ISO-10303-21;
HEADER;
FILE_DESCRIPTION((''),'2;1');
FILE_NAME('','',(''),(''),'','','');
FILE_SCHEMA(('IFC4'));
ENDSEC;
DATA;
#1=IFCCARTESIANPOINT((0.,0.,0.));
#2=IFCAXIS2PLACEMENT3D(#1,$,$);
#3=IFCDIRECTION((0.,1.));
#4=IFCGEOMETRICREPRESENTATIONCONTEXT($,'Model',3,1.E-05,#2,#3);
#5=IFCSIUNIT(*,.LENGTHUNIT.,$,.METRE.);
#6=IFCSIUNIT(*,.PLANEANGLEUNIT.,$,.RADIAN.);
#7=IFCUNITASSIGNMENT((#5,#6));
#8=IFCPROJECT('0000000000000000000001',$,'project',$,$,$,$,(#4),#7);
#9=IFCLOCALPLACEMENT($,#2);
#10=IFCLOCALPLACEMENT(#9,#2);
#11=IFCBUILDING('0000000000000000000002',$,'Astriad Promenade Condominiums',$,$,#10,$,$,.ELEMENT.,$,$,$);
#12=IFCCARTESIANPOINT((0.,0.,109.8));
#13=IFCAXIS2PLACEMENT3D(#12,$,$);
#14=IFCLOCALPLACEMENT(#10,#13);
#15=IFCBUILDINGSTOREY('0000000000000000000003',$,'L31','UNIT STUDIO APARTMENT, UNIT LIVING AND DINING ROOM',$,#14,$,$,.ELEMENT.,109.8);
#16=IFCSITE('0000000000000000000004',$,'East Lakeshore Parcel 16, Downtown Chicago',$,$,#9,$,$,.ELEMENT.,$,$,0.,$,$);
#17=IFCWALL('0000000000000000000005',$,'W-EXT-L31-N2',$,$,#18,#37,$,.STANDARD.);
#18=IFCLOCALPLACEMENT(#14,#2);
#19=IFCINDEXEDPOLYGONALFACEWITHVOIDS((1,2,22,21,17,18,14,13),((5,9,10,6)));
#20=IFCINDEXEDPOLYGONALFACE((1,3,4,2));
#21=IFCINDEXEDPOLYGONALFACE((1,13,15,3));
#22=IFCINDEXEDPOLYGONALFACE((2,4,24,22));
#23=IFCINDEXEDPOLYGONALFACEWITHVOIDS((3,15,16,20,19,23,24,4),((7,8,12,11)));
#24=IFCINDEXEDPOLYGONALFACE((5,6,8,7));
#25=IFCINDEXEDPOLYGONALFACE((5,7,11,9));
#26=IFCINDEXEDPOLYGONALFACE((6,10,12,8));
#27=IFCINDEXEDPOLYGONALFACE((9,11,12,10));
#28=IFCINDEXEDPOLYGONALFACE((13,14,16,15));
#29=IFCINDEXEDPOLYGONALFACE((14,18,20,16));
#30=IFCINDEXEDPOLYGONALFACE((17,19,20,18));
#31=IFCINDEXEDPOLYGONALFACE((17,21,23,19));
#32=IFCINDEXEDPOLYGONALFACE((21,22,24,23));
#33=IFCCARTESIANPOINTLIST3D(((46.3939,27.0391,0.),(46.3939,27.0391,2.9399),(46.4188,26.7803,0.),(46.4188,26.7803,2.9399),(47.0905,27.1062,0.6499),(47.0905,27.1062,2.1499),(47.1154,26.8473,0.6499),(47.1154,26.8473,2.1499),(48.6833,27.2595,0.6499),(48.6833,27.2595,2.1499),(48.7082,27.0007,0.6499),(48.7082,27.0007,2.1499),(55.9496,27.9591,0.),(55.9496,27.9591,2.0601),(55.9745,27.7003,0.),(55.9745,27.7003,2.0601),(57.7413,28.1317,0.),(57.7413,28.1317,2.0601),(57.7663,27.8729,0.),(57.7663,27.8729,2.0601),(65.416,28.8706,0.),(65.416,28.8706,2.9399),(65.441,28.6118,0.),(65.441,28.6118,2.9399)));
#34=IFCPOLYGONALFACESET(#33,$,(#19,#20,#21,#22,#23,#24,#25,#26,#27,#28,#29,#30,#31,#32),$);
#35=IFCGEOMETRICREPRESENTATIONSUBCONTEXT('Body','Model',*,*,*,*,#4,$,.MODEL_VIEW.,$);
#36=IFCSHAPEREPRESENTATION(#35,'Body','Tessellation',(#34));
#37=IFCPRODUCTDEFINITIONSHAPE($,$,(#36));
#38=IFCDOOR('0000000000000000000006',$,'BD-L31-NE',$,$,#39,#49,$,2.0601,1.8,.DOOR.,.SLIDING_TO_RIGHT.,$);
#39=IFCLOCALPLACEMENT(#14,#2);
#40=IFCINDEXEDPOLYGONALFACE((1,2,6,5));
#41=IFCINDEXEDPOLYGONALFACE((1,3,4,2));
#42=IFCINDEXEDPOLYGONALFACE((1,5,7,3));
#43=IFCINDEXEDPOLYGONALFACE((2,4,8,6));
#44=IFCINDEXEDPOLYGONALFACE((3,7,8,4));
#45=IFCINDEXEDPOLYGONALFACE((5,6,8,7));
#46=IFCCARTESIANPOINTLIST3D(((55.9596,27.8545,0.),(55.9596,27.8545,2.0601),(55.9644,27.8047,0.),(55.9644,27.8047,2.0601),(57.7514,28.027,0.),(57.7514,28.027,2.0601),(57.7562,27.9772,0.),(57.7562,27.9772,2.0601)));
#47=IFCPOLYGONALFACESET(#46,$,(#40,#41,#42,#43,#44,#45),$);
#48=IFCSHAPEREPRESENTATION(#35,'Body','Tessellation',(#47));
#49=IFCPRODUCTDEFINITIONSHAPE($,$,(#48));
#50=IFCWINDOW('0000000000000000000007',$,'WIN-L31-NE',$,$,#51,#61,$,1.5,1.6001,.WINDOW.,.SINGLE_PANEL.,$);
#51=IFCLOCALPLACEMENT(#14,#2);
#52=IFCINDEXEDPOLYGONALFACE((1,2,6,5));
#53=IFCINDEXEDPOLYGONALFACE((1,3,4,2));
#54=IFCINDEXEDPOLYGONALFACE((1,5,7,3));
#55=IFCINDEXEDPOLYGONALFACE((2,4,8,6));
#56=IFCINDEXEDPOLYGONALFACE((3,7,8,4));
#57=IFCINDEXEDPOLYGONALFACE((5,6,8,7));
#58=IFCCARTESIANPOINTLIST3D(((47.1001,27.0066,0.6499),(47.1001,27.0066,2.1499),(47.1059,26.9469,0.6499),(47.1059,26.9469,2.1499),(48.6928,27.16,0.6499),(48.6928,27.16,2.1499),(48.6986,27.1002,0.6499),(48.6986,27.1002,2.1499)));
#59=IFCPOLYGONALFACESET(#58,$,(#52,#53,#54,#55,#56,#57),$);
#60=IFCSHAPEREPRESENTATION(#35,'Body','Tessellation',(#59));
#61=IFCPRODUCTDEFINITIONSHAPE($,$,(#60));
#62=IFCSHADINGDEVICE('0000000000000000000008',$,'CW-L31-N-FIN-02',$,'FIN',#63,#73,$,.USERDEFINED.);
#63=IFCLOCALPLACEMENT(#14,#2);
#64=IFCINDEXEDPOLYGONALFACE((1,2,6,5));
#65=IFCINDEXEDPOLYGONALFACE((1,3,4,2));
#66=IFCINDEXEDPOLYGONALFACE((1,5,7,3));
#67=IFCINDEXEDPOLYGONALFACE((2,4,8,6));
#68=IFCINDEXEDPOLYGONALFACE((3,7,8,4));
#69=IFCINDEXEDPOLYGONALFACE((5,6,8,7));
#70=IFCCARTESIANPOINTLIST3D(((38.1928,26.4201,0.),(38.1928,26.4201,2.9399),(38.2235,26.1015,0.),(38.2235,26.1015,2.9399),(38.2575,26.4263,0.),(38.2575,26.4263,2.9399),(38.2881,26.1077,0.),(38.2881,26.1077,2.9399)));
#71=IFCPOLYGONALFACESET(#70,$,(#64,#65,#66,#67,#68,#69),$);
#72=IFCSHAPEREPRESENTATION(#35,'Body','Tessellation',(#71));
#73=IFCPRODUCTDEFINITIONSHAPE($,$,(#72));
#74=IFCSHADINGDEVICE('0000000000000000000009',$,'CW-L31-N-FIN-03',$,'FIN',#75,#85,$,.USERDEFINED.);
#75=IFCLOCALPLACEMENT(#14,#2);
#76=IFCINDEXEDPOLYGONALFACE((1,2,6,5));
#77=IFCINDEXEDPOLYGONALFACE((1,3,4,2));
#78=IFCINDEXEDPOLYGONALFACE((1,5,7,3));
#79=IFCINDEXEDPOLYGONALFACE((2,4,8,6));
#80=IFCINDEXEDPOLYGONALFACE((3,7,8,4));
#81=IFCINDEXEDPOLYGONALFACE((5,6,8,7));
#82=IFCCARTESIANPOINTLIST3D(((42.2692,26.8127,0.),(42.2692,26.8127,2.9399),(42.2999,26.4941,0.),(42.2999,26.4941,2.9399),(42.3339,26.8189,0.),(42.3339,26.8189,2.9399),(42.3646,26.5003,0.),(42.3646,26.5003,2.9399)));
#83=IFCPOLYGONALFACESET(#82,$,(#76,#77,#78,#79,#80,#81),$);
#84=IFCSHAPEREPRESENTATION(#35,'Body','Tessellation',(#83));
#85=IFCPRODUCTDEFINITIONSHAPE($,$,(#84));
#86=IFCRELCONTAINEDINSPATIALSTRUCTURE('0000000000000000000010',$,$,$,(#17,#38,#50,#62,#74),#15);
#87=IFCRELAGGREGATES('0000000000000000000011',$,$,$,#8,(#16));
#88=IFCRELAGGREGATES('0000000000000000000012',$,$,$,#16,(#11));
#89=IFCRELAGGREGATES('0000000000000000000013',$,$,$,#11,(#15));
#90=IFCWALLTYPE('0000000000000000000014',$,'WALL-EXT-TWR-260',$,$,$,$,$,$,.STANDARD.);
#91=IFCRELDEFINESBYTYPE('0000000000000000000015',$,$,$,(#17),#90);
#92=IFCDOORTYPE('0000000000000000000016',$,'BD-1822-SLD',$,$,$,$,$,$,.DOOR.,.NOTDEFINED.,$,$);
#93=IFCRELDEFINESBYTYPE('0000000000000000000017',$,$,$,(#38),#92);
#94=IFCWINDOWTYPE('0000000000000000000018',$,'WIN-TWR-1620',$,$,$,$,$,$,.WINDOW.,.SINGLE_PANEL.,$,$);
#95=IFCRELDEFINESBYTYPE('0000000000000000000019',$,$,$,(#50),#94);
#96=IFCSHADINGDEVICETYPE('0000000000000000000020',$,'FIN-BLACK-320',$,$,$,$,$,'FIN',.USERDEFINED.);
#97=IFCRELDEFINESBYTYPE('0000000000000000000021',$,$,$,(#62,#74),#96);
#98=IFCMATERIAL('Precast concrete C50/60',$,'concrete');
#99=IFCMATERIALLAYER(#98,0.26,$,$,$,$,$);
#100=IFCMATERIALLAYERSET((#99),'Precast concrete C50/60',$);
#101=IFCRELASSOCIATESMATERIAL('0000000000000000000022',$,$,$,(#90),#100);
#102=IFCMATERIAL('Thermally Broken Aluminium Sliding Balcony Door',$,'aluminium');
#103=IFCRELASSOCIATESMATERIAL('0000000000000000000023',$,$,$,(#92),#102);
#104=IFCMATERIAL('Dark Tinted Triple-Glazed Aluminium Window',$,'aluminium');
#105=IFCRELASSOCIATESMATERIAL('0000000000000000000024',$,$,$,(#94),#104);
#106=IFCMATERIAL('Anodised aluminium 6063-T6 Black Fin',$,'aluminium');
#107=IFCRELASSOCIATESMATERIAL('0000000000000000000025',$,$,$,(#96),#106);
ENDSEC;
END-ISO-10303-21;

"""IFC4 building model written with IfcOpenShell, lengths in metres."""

from ifc_helpers import new_model, si_unit, direction, frame, frame_2d, origin, origin_2d, place, context, subcontext, project, spatial, rectangle, extrude, source, transform, mapped, material, layer, layer_set, type_object, type_shapes, element, fill, save


model = new_model("IFC4")

# Units and contexts
model_context = context("Model", 3, precision=1e-05, world=origin(), true_north=direction((0.0, 1.0)))
body_context = subcontext(model_context, "Body", "Model", "MODEL_VIEW")
ifc_project = project(units=[si_unit("LENGTHUNIT", "METRE"), si_unit("PLANEANGLEUNIT", "RADIAN")], contexts=[model_context])

# Site, building, storey
site_placement = place(None, origin())
site = spatial("IfcSite", under=ifc_project, at=site_placement, Name="East Lakeshore Parcel 16, Downtown Chicago", CompositionType="ELEMENT", RefElevation=0.0)
building_placement = place(site_placement, origin())
building = spatial("IfcBuilding", under=site, at=building_placement, Name="Astriad Promenade Condominiums", CompositionType="ELEMENT")
storey_placement = place(building_placement, frame((0.0, 0.0, 109.8)))
storey = spatial("IfcBuildingStorey", under=building, at=storey_placement, Name="L31", Description="UNIT STUDIO APARTMENT, UNIT LIVING AND DINING ROOM", CompositionType="ELEMENT", Elevation=109.8)

# Wall, openings, door, window
ifc_material_1 = material(Name="Precast concrete C50/60", Category="concrete")
ifc_layer_1 = layer(ifc_material_1, 0.26)
ifc_layer_set_1 = layer_set([ifc_layer_1], Name="Precast concrete C50/60")
wall_type = type_object("IfcWallType", Name="WALL-EXT-TWR-260", PredefinedType="STANDARD", material=ifc_layer_set_1)
wall_placement = place(storey_placement, frame((46.4062, 26.9097, 0.0), z_axis=(0.0, 0.0, 1.0), x_axis=(0.995397, 0.095841, 0.0)))
wall = element("IfcWall", 1, at=wall_placement, inside=storey, type_object=wall_type, Name="W-EXT-L31-N2", PredefinedType="STANDARD", context=body_context, shape_type="SweptSolid", body=[
    extrude(rectangle(XDim=19.1101, YDim=0.26, at=frame_2d((9.5552, 0.0))), origin(), (0.0, 0.0, 1.0), 2.9399),
])
opening_1_placement = place(wall_placement, frame((9.6001, 0.0, 0.0)))
opening_1 = element("IfcOpeningElement", 2, at=opening_1_placement, cuts=wall, PredefinedType="OPENING", context=body_context, shape_type="SweptSolid", body=[
    extrude(rectangle(XDim=1.8, YDim=2.0601, at=frame_2d((0.8999, 1.03))), frame((0.0, 0.1399, 0.0), z_axis=(0.0, -1.0, 0.0), x_axis=(1.0, 0.0, 0.0)), (0.0, 0.0, 1.0), 0.28),
])
opening_2_placement = place(wall_placement, frame((0.7, 0.0, 0.6499)))
opening_2 = element("IfcOpeningElement", 3, at=opening_2_placement, cuts=wall, PredefinedType="OPENING", context=body_context, shape_type="SweptSolid", body=[
    extrude(rectangle(XDim=1.6001, YDim=1.5, at=frame_2d((0.8, 0.75))), frame((0.0, 0.1399, 0.0), z_axis=(0.0, -1.0, 0.0), x_axis=(1.0, 0.0, 0.0)), (0.0, 0.0, 1.0), 0.28),
])
ifc_material_2 = material(Name="Thermally Broken Aluminium Sliding Balcony Door", Category="aluminium")
door_type = type_object("IfcDoorType", Name="BD-1822-SLD", OperationType="NOTDEFINED", PredefinedType="DOOR", material=ifc_material_2)
shared_shape_1 = source(origin(), body_context, "Body", "SweptSolid", [
    extrude(rectangle(XDim=1.8, YDim=2.0601, at=frame_2d((0.8999, 1.03))), frame((0.0, 0.0249, 0.0), z_axis=(0.0, -1.0, 0.0), x_axis=(1.0, 0.0, 0.0)), (0.0, 0.0, 1.0), 0.05),
])
type_shapes(door_type, [shared_shape_1])
door_placement = place(opening_1_placement, origin())
door = element("IfcDoor", 4, at=door_placement, inside=storey, type_object=door_type, Name="BD-L31-NE", OperationType="SLIDING_TO_RIGHT", OverallHeight=2.0601, OverallWidth=1.8, PredefinedType="DOOR", context=body_context, shape_type="MappedRepresentation", body=[
    mapped(shared_shape_1, transform((0.0, 0.0, 0.0), scale=1.0)),
])
fill(opening_1, door)
ifc_material_3 = material(Name="Dark Tinted Triple-Glazed Aluminium Window", Category="aluminium")
window_type = type_object("IfcWindowType", Name="WIN-TWR-1620", PartitioningType="SINGLE_PANEL", PredefinedType="WINDOW", material=ifc_material_3)
shared_shape_2 = source(origin(), body_context, "Body", "SweptSolid", [
    extrude(rectangle(XDim=1.6001, YDim=1.5, at=frame_2d((0.8, 0.75))), frame((0.0, 0.03, 0.0), z_axis=(0.0, -1.0, 0.0), x_axis=(1.0, 0.0, 0.0)), (0.0, 0.0, 1.0), 0.0601),
])
type_shapes(window_type, [shared_shape_2])
window_placement = place(opening_2_placement, origin())
window = element("IfcWindow", 5, at=window_placement, inside=storey, type_object=window_type, Name="WIN-L31-NE", OverallHeight=1.5, OverallWidth=1.6001, PartitioningType="SINGLE_PANEL", PredefinedType="WINDOW", context=body_context, shape_type="MappedRepresentation", body=[
    mapped(shared_shape_2, transform((0.0, 0.0, 0.0), scale=1.0)),
])
fill(opening_2, window)

# Shading devices
ifc_material_4 = material(Name="Anodised aluminium 6063-T6 Black Fin", Category="aluminium")
shading_device_type = type_object("IfcShadingDeviceType", Name="FIN-BLACK-320", ElementType="FIN", PredefinedType="USERDEFINED", material=ifc_material_4)
shared_shape_3 = source(origin(), body_context, "Body", "SweptSolid", [
    extrude(rectangle(XDim=0.0649, YDim=0.3201, at=origin_2d()), origin(), (0.0, 0.0, 1.0), 2.9399),
])
type_shapes(shading_device_type, [shared_shape_3])
for number, where, z_axis, x_axis, name in (
    (6, (38.2405, 26.2639, 0.0), (0.0, 0.0, 1.0), (0.995396, 0.095846, 0.0), "CW-L31-N-FIN-02"),
    (7, (42.3169, 26.6565, 0.0), (0.0, 0.0, 1.0), (0.995396, 0.095846, 0.0), "CW-L31-N-FIN-03"),
):
    element("IfcShadingDevice", number, at=place(storey_placement, frame(where, z_axis=z_axis, x_axis=x_axis)), inside=storey, type_object=shading_device_type, Name=name, ObjectType="FIN", PredefinedType="USERDEFINED", context=body_context, shape_type="MappedRepresentation", body=[
        mapped(shared_shape_3, transform((0.0, 0.0, 0.0), scale=1.0)),
    ])

save(model, "model.ifc")
